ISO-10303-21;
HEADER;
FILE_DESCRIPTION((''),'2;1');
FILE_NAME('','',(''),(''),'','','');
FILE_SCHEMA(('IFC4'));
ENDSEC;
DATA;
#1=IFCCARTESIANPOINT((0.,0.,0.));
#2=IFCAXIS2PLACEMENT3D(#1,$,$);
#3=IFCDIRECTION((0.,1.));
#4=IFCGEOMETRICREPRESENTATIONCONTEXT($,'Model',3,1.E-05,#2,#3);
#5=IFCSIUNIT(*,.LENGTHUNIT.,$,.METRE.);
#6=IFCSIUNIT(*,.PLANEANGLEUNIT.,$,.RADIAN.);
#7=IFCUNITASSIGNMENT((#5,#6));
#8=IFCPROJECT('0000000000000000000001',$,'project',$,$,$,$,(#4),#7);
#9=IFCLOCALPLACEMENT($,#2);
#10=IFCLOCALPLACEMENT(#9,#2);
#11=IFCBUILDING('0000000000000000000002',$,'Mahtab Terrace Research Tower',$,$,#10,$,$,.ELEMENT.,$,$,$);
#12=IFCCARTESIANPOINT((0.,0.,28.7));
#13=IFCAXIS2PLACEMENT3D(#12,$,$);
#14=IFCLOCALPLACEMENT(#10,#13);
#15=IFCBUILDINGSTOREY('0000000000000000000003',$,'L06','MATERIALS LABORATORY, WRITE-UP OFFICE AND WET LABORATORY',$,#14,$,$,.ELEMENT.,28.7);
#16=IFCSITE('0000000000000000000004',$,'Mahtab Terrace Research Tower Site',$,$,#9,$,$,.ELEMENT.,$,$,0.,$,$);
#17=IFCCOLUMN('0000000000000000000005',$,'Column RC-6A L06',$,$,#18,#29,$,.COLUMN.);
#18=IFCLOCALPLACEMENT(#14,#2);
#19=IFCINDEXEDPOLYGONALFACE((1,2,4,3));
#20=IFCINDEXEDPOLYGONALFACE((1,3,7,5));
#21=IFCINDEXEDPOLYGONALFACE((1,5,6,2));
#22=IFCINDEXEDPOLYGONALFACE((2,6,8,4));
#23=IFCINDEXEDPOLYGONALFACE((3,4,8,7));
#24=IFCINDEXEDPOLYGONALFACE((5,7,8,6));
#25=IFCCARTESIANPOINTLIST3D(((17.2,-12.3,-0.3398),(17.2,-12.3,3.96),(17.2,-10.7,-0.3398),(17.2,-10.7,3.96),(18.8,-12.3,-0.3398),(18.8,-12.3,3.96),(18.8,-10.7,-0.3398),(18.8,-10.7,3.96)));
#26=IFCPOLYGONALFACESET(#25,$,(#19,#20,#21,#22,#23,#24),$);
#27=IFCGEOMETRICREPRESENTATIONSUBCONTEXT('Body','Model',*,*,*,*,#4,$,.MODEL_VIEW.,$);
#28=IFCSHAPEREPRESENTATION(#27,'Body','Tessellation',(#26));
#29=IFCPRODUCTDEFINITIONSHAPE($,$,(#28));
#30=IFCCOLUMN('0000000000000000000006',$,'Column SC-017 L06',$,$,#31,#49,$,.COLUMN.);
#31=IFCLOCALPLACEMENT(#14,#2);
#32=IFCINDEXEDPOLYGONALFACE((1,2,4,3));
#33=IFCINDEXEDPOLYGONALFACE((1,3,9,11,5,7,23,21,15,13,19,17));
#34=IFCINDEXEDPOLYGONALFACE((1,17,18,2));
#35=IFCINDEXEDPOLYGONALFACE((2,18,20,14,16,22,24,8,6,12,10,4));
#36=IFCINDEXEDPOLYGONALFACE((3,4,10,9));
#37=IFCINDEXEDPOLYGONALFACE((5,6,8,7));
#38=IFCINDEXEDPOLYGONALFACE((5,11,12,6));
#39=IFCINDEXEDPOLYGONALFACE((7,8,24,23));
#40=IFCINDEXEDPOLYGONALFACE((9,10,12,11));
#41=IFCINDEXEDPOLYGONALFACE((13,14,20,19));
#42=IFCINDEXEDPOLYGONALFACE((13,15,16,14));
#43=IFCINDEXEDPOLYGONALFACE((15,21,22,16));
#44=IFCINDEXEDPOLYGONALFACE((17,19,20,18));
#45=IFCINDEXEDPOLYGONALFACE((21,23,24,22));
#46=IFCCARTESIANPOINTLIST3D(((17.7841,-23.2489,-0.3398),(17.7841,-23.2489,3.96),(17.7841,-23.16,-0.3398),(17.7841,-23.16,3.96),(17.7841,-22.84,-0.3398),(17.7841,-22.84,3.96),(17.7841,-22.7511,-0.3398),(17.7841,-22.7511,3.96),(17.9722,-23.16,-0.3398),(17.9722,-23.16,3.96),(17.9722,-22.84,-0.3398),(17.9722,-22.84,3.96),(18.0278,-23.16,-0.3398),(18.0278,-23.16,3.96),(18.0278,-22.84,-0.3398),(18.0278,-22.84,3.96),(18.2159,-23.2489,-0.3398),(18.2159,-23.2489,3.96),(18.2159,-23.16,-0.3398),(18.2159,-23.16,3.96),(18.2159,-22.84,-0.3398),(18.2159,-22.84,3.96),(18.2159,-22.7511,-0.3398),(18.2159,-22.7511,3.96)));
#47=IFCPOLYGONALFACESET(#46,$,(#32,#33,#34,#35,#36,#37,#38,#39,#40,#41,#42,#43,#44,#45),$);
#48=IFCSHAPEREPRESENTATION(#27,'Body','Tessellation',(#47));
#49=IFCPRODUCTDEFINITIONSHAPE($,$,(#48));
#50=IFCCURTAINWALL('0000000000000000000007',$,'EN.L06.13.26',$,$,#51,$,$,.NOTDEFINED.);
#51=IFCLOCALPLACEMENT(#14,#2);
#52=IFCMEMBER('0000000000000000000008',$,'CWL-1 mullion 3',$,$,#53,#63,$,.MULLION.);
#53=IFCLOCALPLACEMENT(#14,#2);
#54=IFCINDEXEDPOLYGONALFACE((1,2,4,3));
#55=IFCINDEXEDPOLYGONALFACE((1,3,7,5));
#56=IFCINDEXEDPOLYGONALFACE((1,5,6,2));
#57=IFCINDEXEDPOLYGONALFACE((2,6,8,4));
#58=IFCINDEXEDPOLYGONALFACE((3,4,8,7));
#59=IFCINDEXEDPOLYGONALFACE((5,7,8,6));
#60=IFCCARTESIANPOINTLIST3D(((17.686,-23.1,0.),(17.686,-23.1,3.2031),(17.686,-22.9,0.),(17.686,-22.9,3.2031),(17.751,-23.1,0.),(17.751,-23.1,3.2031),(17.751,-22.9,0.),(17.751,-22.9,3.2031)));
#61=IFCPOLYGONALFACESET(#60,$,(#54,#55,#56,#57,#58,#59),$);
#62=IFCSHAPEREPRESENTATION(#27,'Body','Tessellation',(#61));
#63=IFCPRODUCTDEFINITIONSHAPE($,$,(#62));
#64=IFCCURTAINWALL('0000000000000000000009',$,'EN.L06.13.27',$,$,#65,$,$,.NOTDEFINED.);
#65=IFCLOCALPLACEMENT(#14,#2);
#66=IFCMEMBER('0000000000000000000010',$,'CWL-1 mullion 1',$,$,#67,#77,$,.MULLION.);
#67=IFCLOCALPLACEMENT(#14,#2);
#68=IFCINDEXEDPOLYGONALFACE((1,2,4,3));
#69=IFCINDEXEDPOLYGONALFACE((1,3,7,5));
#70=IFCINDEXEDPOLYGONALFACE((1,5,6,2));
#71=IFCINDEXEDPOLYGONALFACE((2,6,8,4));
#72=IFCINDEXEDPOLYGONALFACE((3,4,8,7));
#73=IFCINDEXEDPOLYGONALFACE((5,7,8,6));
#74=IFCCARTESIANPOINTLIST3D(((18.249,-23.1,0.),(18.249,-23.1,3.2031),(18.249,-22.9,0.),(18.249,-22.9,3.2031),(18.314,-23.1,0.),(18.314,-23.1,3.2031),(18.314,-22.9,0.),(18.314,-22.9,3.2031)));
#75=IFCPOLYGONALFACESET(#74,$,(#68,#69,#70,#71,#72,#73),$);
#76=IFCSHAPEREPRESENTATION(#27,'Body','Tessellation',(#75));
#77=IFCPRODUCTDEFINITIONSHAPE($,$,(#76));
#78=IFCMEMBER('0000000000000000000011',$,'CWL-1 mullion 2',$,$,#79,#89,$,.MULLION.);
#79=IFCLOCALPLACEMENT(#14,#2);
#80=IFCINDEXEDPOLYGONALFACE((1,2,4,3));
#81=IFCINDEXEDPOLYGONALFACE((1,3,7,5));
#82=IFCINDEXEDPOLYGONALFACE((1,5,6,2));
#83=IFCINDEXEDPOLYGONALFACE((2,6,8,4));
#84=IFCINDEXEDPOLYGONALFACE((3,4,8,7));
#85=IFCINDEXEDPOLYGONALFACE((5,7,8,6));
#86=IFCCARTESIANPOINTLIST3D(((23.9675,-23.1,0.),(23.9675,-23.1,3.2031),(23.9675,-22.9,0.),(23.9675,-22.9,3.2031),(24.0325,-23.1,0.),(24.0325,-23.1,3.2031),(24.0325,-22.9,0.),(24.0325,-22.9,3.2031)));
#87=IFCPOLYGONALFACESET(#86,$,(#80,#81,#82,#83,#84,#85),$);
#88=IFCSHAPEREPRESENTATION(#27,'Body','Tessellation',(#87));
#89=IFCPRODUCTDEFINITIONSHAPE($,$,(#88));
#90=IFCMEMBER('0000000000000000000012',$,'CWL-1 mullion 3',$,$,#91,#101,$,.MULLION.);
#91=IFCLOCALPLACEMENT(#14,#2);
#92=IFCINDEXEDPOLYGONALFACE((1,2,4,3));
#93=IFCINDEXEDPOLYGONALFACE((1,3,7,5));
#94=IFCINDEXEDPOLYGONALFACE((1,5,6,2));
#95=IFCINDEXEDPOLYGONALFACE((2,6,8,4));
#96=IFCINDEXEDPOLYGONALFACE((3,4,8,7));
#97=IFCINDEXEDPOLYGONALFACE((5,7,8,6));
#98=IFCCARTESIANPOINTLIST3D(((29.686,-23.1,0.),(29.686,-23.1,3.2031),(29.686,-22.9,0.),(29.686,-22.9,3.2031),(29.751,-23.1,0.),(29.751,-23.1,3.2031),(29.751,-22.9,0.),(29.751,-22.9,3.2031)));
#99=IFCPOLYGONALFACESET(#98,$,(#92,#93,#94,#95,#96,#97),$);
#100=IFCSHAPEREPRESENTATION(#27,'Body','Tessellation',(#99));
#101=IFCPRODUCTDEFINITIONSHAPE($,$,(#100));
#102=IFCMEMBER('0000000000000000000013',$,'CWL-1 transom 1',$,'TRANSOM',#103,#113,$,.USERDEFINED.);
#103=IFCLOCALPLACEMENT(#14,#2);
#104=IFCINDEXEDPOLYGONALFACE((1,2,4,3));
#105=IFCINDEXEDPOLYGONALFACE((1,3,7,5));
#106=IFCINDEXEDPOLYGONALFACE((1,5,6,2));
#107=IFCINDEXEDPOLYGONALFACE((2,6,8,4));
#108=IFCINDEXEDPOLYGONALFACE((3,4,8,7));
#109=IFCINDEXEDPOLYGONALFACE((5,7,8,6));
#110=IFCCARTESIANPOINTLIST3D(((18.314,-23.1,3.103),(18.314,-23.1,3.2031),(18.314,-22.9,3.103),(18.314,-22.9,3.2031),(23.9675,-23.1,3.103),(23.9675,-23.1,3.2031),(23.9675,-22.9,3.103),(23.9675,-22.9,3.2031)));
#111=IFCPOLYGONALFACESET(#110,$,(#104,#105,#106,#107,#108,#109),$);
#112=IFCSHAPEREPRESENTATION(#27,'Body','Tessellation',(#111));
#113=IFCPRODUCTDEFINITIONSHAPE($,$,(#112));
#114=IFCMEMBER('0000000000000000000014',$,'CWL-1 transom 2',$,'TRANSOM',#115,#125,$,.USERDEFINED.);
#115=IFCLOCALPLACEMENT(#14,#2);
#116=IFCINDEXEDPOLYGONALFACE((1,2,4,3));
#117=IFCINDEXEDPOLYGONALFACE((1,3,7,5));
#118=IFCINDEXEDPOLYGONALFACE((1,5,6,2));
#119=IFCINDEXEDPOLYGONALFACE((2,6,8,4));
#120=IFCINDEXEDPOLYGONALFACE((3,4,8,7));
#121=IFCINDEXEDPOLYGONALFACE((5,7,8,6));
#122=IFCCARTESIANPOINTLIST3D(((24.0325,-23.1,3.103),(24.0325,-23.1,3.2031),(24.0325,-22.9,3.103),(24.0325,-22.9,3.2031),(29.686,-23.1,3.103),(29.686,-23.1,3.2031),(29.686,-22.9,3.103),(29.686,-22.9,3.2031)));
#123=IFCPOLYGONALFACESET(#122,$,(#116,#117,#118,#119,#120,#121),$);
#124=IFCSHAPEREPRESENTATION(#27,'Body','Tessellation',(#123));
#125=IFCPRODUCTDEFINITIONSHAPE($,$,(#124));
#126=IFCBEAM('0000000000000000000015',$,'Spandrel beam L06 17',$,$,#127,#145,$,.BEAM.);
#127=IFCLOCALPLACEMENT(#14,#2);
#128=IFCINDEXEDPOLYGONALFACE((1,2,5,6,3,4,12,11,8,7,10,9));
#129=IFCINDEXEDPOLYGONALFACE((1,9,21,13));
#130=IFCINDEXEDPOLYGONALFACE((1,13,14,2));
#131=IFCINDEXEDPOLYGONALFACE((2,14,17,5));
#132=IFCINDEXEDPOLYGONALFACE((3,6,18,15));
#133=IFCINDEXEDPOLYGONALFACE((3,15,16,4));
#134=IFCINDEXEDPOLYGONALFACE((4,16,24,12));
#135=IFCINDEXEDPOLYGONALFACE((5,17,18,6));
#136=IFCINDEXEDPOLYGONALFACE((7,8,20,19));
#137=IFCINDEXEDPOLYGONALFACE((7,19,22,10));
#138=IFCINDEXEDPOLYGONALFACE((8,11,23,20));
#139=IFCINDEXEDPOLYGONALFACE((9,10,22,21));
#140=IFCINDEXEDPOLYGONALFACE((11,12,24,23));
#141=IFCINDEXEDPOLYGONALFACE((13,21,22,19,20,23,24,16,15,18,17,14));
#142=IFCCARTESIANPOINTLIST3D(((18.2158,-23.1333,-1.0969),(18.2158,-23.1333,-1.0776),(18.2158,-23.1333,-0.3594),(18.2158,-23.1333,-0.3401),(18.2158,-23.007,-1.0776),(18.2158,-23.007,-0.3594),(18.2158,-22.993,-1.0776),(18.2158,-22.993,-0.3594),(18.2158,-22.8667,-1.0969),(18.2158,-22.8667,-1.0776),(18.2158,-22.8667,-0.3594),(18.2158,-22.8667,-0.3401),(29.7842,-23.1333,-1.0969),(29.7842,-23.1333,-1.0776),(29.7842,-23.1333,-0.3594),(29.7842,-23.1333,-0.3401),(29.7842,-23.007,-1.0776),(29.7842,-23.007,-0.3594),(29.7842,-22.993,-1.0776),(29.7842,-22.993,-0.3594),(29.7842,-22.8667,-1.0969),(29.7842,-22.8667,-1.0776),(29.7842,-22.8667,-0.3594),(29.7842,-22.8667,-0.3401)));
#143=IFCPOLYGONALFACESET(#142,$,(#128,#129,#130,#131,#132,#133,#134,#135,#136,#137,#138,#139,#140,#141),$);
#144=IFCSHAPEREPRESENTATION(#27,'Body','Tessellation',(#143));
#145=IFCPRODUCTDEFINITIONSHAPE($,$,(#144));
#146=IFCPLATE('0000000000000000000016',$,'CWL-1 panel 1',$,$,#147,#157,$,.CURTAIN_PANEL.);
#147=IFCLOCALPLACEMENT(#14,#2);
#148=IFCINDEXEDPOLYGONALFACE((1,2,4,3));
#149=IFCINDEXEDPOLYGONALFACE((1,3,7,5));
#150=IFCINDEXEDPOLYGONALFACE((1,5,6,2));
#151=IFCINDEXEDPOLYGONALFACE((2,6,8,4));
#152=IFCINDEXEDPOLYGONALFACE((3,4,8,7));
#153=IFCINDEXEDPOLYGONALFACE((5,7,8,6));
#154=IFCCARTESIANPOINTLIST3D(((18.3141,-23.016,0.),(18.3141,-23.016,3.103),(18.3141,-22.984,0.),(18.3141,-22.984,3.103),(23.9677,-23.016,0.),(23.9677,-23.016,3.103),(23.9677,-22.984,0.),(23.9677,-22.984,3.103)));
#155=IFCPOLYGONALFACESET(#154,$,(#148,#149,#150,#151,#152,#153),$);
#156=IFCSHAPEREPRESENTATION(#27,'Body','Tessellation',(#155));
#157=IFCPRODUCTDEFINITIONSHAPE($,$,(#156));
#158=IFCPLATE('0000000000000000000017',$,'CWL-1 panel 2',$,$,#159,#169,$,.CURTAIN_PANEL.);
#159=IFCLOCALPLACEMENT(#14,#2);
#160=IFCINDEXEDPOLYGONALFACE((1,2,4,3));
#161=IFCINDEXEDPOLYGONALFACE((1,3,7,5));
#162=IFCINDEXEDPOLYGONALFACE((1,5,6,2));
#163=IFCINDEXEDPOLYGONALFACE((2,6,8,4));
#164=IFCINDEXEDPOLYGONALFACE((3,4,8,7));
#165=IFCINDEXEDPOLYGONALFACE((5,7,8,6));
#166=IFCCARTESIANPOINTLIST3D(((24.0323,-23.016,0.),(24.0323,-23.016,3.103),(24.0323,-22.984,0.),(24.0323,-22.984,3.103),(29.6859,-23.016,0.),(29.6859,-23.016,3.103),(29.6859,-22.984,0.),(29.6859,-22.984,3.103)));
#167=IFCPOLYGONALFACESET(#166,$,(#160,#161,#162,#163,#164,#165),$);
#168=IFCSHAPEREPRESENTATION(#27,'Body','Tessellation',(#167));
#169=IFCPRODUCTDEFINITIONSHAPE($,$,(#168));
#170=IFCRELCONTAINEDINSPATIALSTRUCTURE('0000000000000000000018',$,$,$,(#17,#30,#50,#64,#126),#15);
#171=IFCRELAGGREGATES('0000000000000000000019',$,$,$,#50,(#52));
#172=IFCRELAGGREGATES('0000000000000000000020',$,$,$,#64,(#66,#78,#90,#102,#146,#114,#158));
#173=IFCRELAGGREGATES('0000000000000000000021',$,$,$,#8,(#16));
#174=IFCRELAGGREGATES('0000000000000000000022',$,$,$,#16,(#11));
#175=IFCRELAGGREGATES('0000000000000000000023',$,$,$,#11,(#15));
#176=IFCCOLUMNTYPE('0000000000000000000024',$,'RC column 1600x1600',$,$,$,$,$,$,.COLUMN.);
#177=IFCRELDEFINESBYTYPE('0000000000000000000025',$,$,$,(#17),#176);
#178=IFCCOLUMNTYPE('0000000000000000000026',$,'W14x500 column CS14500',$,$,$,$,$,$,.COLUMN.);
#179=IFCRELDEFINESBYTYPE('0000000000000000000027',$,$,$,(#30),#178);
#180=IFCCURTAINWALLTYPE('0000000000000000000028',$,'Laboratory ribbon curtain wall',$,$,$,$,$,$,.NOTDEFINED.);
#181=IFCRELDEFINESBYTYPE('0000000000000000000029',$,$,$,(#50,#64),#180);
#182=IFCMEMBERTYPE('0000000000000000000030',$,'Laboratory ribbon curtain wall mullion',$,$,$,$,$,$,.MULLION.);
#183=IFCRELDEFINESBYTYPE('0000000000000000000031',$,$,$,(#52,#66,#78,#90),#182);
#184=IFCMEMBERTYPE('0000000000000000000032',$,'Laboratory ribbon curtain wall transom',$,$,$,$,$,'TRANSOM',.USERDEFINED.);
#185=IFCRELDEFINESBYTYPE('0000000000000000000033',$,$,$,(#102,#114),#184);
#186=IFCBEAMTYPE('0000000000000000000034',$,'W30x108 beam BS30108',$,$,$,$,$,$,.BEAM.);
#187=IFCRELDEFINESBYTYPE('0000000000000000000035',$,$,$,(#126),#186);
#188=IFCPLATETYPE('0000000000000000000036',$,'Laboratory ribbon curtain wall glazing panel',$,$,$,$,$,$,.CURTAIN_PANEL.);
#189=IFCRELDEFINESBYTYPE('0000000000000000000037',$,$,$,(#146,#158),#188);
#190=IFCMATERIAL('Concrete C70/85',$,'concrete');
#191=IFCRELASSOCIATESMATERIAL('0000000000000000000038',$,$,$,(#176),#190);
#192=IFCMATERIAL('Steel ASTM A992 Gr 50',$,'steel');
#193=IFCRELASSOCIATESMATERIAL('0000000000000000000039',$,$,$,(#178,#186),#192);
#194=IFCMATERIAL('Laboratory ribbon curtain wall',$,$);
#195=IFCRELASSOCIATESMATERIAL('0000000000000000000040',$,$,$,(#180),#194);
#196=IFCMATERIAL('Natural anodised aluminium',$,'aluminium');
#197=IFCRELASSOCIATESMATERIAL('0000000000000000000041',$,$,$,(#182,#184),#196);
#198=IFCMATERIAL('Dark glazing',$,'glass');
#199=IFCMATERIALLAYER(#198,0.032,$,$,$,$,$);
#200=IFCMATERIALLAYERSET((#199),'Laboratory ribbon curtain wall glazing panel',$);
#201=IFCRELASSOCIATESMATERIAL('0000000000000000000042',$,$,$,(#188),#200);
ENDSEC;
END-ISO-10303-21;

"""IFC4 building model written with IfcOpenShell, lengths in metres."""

from ifc_helpers import new_model, si_unit, direction, frame, origin, origin_2d, place, context, subcontext, project, spatial, rectangle, i_section, extrude, material, layer, layer_set, material_profile, profile_set, type_object, element, aggregate, save


model = new_model("IFC4")

# Units and contexts
model_context = context("Model", 3, precision=1e-05, world=origin(), true_north=direction((0.0, 1.0)))
body_context = subcontext(model_context, "Body", "Model", "MODEL_VIEW")
ifc_project = project(units=[si_unit("LENGTHUNIT", "METRE"), si_unit("PLANEANGLEUNIT", "RADIAN")], contexts=[model_context])

# Site, building, storey
site_placement = place(None, origin())
site = spatial("IfcSite", under=ifc_project, at=site_placement, Name="Mahtab Terrace Research Tower Site", CompositionType="ELEMENT", RefElevation=0.0)
building_placement = place(site_placement, origin())
building = spatial("IfcBuilding", under=site, at=building_placement, Name="Mahtab Terrace Research Tower", CompositionType="ELEMENT")
storey_placement = place(building_placement, frame((0.0, 0.0, 28.7)))
storey = spatial("IfcBuildingStorey", under=building, at=storey_placement, Name="L06", Description="MATERIALS LABORATORY, WRITE-UP OFFICE AND WET LABORATORY", CompositionType="ELEMENT", Elevation=28.7)

# Columns
ifc_material_1 = material(Name="Concrete C70/85", Category="concrete")
ifc_material_profile_1 = material_profile(ifc_material_1, rectangle(XDim=1.6001, YDim=1.6001, at=origin_2d()), Name="RC column 1600x1600")
ifc_profile_set_1 = profile_set([ifc_material_profile_1], Name="Concrete C70/85")
column_type_1 = type_object("IfcColumnType", Name="RC column 1600x1600", PredefinedType="COLUMN", material=ifc_profile_set_1)
column_1_placement = place(storey_placement, frame((18.0, -11.5, -0.3398), z_axis=(0.0, 0.0, 1.0), x_axis=(1.0, 0.0, 0.0)))
element("IfcColumn", 1, at=column_1_placement, inside=storey, type_object=column_type_1, Name="Column RC-6A L06", PredefinedType="COLUMN", context=body_context, shape_type="SweptSolid", body=[
    extrude(rectangle(XDim=1.6001, YDim=1.6001, at=origin_2d()), origin(), (0.0, 0.0, 1.0), 4.2998),
])
ifc_material_2 = material(Name="Steel ASTM A992 Gr 50", Category="steel")
ifc_material_profile_2 = material_profile(ifc_material_2, i_section(OverallWidth=0.4319, OverallDepth=0.4978, WebThickness=0.0557, FlangeThickness=0.0889, at=origin_2d()), Name="W14X500")
ifc_profile_set_2 = profile_set([ifc_material_profile_2], Name="Steel ASTM A992 Gr 50")
column_type_2 = type_object("IfcColumnType", Name="W14x500 column CS14500", PredefinedType="COLUMN", material=ifc_profile_set_2)
column_2_placement = place(storey_placement, frame((18.0, -23.0, -0.3398), z_axis=(0.0, 0.0, 1.0), x_axis=(1.0, 0.0, 0.0)))
element("IfcColumn", 2, at=column_2_placement, inside=storey, type_object=column_type_2, Name="Column SC-017 L06", PredefinedType="COLUMN", context=body_context, shape_type="SweptSolid", body=[
    extrude(i_section(OverallWidth=0.4319, OverallDepth=0.4978, WebThickness=0.0557, FlangeThickness=0.0889, at=origin_2d()), origin(), (0.0, 0.0, 1.0), 4.2998),
])

# Curtain wall, member
ifc_material_3 = material(Name="Laboratory ribbon curtain wall")
curtain_wall_type = type_object("IfcCurtainWallType", Name="Laboratory ribbon curtain wall", PredefinedType="NOTDEFINED", material=ifc_material_3)
curtain_wall_1_placement = place(storey_placement, origin())
curtain_wall_1 = element("IfcCurtainWall", 3, at=curtain_wall_1_placement, inside=storey, type_object=curtain_wall_type, Name="EN.L06.13.26", PredefinedType="NOTDEFINED")
ifc_material_4 = material(Name="Natural anodised aluminium", Category="aluminium")
ifc_material_profile_3 = material_profile(ifc_material_4, rectangle(XDim=0.2, YDim=0.0649, at=origin_2d()), Name="MULLION 65x200")
ifc_profile_set_3 = profile_set([ifc_material_profile_3], Name="Natural anodised aluminium")
member_type_1 = type_object("IfcMemberType", Name="Laboratory ribbon curtain wall mullion", PredefinedType="MULLION", material=ifc_profile_set_3)
member_1_placement = place(storey_placement, frame((17.7185, -23.0, 0.0), z_axis=(0.0, 0.0, 1.0), x_axis=(0.0, 1.0, 0.0)))
member_1 = element("IfcMember", 4, at=member_1_placement, type_object=member_type_1, Name="CWL-1 mullion 3", PredefinedType="MULLION", context=body_context, shape_type="SweptSolid", body=[
    extrude(rectangle(XDim=0.2, YDim=0.0649, at=origin_2d()), origin(), (0.0, 0.0, 1.0), 3.2031),
])
aggregate(curtain_wall_1, [member_1])

# Curtain wall, members
curtain_wall_2_placement = place(storey_placement, origin())
curtain_wall_2 = element("IfcCurtainWall", 5, at=curtain_wall_2_placement, inside=storey, type_object=curtain_wall_type, Name="EN.L06.13.27", PredefinedType="NOTDEFINED")
member_2_placement = place(storey_placement, frame((18.2815, -23.0, 0.0), z_axis=(0.0, 0.0, 1.0), x_axis=(0.0, 1.0, 0.0)))
member_2 = element("IfcMember", 6, at=member_2_placement, type_object=member_type_1, Name="CWL-1 mullion 1", PredefinedType="MULLION", context=body_context, shape_type="SweptSolid", body=[
    extrude(rectangle(XDim=0.2, YDim=0.0649, at=origin_2d()), origin(), (0.0, 0.0, 1.0), 3.2031),
])
member_3_placement = place(storey_placement, frame((24.0, -23.0, 0.0), z_axis=(0.0, 0.0, 1.0), x_axis=(0.0, 1.0, 0.0)))
member_3 = element("IfcMember", 7, at=member_3_placement, type_object=member_type_1, Name="CWL-1 mullion 2", PredefinedType="MULLION", context=body_context, shape_type="SweptSolid", body=[
    extrude(rectangle(XDim=0.2, YDim=0.0649, at=origin_2d()), origin(), (0.0, 0.0, 1.0), 3.2031),
])
member_4_placement = place(storey_placement, frame((29.7185, -23.0, 0.0), z_axis=(0.0, 0.0, 1.0), x_axis=(0.0, 1.0, 0.0)))
member_4 = element("IfcMember", 8, at=member_4_placement, type_object=member_type_1, Name="CWL-1 mullion 3", PredefinedType="MULLION", context=body_context, shape_type="SweptSolid", body=[
    extrude(rectangle(XDim=0.2, YDim=0.0649, at=origin_2d()), origin(), (0.0, 0.0, 1.0), 3.2031),
])
ifc_material_profile_4 = material_profile(ifc_material_4, rectangle(XDim=0.2, YDim=0.1001, at=origin_2d()), Name="TRANSOM 100x200")
ifc_profile_set_4 = profile_set([ifc_material_profile_4], Name="Natural anodised aluminium")
member_type_2 = type_object("IfcMemberType", Name="Laboratory ribbon curtain wall transom", ElementType="TRANSOM", PredefinedType="USERDEFINED", material=ifc_profile_set_4)
member_5_placement = place(storey_placement, frame((18.314, -23.0, 3.1531), z_axis=(1.0, 0.0, 0.0), x_axis=(0.0, 1.0, 0.0)))
member_5 = element("IfcMember", 9, at=member_5_placement, type_object=member_type_2, Name="CWL-1 transom 1", ObjectType="TRANSOM", PredefinedType="USERDEFINED", context=body_context, shape_type="SweptSolid", body=[
    extrude(rectangle(XDim=0.2, YDim=0.1001, at=origin_2d()), origin(), (0.0, 0.0, 1.0), 5.6536),
])
member_6_placement = place(storey_placement, frame((24.0325, -23.0, 3.1531), z_axis=(1.0, 0.0, 0.0), x_axis=(0.0, 1.0, 0.0)))
member_6 = element("IfcMember", 10, at=member_6_placement, type_object=member_type_2, Name="CWL-1 transom 2", ObjectType="TRANSOM", PredefinedType="USERDEFINED", context=body_context, shape_type="SweptSolid", body=[
    extrude(rectangle(XDim=0.2, YDim=0.1001, at=origin_2d()), origin(), (0.0, 0.0, 1.0), 5.6536),
])

# Beam
ifc_material_profile_5 = material_profile(ifc_material_2, i_section(OverallWidth=0.2666, OverallDepth=0.7568, WebThickness=0.0139, FlangeThickness=0.0193, at=origin_2d()), Name="W30X108")
ifc_profile_set_5 = profile_set([ifc_material_profile_5], Name="Steel ASTM A992 Gr 50")
beam_type = type_object("IfcBeamType", Name="W30x108 beam BS30108", PredefinedType="BEAM", material=ifc_profile_set_5)
beam_placement = place(storey_placement, frame((18.2158, -23.0, -0.7185), z_axis=(1.0, 0.0, 0.0), x_axis=(0.0, 1.0, 0.0)))
element("IfcBeam", 11, at=beam_placement, inside=storey, type_object=beam_type, Name="Spandrel beam L06 17", PredefinedType="BEAM", context=body_context, shape_type="SweptSolid", body=[
    extrude(i_section(OverallWidth=0.2666, OverallDepth=0.7568, WebThickness=0.0139, FlangeThickness=0.0193, at=origin_2d()), origin(), (0.0, 0.0, 1.0), 11.5684),
])

# Plates
ifc_material_5 = material(Name="Dark glazing", Category="glass")
ifc_layer_1 = layer(ifc_material_5, 0.032)
ifc_layer_set_1 = layer_set([ifc_layer_1], Name="Laboratory ribbon curtain wall glazing panel")
plate_type = type_object("IfcPlateType", Name="Laboratory ribbon curtain wall glazing panel", PredefinedType="CURTAIN_PANEL", material=ifc_layer_set_1)
plate_1_placement = place(storey_placement, frame((21.1409, -23.0, 0.0), z_axis=(0.0, 0.0, 1.0), x_axis=(1.0, 0.0, 0.0)))
plate_1 = element("IfcPlate", 12, at=plate_1_placement, type_object=plate_type, Name="CWL-1 panel 1", PredefinedType="CURTAIN_PANEL", context=body_context, shape_type="SweptSolid", body=[
    extrude(rectangle(XDim=5.6536, YDim=0.032, at=origin_2d()), origin(), (0.0, 0.0, 1.0), 3.103),
])
plate_2_placement = place(storey_placement, frame((26.8591, -23.0, 0.0), z_axis=(0.0, 0.0, 1.0), x_axis=(1.0, 0.0, 0.0)))
plate_2 = element("IfcPlate", 13, at=plate_2_placement, type_object=plate_type, Name="CWL-1 panel 2", PredefinedType="CURTAIN_PANEL", context=body_context, shape_type="SweptSolid", body=[
    extrude(rectangle(XDim=5.6536, YDim=0.032, at=origin_2d()), origin(), (0.0, 0.0, 1.0), 3.103),
])
aggregate(curtain_wall_2, [member_2, member_3, member_4, member_5, plate_1, member_6, plate_2])

save(model, "model.ifc")
